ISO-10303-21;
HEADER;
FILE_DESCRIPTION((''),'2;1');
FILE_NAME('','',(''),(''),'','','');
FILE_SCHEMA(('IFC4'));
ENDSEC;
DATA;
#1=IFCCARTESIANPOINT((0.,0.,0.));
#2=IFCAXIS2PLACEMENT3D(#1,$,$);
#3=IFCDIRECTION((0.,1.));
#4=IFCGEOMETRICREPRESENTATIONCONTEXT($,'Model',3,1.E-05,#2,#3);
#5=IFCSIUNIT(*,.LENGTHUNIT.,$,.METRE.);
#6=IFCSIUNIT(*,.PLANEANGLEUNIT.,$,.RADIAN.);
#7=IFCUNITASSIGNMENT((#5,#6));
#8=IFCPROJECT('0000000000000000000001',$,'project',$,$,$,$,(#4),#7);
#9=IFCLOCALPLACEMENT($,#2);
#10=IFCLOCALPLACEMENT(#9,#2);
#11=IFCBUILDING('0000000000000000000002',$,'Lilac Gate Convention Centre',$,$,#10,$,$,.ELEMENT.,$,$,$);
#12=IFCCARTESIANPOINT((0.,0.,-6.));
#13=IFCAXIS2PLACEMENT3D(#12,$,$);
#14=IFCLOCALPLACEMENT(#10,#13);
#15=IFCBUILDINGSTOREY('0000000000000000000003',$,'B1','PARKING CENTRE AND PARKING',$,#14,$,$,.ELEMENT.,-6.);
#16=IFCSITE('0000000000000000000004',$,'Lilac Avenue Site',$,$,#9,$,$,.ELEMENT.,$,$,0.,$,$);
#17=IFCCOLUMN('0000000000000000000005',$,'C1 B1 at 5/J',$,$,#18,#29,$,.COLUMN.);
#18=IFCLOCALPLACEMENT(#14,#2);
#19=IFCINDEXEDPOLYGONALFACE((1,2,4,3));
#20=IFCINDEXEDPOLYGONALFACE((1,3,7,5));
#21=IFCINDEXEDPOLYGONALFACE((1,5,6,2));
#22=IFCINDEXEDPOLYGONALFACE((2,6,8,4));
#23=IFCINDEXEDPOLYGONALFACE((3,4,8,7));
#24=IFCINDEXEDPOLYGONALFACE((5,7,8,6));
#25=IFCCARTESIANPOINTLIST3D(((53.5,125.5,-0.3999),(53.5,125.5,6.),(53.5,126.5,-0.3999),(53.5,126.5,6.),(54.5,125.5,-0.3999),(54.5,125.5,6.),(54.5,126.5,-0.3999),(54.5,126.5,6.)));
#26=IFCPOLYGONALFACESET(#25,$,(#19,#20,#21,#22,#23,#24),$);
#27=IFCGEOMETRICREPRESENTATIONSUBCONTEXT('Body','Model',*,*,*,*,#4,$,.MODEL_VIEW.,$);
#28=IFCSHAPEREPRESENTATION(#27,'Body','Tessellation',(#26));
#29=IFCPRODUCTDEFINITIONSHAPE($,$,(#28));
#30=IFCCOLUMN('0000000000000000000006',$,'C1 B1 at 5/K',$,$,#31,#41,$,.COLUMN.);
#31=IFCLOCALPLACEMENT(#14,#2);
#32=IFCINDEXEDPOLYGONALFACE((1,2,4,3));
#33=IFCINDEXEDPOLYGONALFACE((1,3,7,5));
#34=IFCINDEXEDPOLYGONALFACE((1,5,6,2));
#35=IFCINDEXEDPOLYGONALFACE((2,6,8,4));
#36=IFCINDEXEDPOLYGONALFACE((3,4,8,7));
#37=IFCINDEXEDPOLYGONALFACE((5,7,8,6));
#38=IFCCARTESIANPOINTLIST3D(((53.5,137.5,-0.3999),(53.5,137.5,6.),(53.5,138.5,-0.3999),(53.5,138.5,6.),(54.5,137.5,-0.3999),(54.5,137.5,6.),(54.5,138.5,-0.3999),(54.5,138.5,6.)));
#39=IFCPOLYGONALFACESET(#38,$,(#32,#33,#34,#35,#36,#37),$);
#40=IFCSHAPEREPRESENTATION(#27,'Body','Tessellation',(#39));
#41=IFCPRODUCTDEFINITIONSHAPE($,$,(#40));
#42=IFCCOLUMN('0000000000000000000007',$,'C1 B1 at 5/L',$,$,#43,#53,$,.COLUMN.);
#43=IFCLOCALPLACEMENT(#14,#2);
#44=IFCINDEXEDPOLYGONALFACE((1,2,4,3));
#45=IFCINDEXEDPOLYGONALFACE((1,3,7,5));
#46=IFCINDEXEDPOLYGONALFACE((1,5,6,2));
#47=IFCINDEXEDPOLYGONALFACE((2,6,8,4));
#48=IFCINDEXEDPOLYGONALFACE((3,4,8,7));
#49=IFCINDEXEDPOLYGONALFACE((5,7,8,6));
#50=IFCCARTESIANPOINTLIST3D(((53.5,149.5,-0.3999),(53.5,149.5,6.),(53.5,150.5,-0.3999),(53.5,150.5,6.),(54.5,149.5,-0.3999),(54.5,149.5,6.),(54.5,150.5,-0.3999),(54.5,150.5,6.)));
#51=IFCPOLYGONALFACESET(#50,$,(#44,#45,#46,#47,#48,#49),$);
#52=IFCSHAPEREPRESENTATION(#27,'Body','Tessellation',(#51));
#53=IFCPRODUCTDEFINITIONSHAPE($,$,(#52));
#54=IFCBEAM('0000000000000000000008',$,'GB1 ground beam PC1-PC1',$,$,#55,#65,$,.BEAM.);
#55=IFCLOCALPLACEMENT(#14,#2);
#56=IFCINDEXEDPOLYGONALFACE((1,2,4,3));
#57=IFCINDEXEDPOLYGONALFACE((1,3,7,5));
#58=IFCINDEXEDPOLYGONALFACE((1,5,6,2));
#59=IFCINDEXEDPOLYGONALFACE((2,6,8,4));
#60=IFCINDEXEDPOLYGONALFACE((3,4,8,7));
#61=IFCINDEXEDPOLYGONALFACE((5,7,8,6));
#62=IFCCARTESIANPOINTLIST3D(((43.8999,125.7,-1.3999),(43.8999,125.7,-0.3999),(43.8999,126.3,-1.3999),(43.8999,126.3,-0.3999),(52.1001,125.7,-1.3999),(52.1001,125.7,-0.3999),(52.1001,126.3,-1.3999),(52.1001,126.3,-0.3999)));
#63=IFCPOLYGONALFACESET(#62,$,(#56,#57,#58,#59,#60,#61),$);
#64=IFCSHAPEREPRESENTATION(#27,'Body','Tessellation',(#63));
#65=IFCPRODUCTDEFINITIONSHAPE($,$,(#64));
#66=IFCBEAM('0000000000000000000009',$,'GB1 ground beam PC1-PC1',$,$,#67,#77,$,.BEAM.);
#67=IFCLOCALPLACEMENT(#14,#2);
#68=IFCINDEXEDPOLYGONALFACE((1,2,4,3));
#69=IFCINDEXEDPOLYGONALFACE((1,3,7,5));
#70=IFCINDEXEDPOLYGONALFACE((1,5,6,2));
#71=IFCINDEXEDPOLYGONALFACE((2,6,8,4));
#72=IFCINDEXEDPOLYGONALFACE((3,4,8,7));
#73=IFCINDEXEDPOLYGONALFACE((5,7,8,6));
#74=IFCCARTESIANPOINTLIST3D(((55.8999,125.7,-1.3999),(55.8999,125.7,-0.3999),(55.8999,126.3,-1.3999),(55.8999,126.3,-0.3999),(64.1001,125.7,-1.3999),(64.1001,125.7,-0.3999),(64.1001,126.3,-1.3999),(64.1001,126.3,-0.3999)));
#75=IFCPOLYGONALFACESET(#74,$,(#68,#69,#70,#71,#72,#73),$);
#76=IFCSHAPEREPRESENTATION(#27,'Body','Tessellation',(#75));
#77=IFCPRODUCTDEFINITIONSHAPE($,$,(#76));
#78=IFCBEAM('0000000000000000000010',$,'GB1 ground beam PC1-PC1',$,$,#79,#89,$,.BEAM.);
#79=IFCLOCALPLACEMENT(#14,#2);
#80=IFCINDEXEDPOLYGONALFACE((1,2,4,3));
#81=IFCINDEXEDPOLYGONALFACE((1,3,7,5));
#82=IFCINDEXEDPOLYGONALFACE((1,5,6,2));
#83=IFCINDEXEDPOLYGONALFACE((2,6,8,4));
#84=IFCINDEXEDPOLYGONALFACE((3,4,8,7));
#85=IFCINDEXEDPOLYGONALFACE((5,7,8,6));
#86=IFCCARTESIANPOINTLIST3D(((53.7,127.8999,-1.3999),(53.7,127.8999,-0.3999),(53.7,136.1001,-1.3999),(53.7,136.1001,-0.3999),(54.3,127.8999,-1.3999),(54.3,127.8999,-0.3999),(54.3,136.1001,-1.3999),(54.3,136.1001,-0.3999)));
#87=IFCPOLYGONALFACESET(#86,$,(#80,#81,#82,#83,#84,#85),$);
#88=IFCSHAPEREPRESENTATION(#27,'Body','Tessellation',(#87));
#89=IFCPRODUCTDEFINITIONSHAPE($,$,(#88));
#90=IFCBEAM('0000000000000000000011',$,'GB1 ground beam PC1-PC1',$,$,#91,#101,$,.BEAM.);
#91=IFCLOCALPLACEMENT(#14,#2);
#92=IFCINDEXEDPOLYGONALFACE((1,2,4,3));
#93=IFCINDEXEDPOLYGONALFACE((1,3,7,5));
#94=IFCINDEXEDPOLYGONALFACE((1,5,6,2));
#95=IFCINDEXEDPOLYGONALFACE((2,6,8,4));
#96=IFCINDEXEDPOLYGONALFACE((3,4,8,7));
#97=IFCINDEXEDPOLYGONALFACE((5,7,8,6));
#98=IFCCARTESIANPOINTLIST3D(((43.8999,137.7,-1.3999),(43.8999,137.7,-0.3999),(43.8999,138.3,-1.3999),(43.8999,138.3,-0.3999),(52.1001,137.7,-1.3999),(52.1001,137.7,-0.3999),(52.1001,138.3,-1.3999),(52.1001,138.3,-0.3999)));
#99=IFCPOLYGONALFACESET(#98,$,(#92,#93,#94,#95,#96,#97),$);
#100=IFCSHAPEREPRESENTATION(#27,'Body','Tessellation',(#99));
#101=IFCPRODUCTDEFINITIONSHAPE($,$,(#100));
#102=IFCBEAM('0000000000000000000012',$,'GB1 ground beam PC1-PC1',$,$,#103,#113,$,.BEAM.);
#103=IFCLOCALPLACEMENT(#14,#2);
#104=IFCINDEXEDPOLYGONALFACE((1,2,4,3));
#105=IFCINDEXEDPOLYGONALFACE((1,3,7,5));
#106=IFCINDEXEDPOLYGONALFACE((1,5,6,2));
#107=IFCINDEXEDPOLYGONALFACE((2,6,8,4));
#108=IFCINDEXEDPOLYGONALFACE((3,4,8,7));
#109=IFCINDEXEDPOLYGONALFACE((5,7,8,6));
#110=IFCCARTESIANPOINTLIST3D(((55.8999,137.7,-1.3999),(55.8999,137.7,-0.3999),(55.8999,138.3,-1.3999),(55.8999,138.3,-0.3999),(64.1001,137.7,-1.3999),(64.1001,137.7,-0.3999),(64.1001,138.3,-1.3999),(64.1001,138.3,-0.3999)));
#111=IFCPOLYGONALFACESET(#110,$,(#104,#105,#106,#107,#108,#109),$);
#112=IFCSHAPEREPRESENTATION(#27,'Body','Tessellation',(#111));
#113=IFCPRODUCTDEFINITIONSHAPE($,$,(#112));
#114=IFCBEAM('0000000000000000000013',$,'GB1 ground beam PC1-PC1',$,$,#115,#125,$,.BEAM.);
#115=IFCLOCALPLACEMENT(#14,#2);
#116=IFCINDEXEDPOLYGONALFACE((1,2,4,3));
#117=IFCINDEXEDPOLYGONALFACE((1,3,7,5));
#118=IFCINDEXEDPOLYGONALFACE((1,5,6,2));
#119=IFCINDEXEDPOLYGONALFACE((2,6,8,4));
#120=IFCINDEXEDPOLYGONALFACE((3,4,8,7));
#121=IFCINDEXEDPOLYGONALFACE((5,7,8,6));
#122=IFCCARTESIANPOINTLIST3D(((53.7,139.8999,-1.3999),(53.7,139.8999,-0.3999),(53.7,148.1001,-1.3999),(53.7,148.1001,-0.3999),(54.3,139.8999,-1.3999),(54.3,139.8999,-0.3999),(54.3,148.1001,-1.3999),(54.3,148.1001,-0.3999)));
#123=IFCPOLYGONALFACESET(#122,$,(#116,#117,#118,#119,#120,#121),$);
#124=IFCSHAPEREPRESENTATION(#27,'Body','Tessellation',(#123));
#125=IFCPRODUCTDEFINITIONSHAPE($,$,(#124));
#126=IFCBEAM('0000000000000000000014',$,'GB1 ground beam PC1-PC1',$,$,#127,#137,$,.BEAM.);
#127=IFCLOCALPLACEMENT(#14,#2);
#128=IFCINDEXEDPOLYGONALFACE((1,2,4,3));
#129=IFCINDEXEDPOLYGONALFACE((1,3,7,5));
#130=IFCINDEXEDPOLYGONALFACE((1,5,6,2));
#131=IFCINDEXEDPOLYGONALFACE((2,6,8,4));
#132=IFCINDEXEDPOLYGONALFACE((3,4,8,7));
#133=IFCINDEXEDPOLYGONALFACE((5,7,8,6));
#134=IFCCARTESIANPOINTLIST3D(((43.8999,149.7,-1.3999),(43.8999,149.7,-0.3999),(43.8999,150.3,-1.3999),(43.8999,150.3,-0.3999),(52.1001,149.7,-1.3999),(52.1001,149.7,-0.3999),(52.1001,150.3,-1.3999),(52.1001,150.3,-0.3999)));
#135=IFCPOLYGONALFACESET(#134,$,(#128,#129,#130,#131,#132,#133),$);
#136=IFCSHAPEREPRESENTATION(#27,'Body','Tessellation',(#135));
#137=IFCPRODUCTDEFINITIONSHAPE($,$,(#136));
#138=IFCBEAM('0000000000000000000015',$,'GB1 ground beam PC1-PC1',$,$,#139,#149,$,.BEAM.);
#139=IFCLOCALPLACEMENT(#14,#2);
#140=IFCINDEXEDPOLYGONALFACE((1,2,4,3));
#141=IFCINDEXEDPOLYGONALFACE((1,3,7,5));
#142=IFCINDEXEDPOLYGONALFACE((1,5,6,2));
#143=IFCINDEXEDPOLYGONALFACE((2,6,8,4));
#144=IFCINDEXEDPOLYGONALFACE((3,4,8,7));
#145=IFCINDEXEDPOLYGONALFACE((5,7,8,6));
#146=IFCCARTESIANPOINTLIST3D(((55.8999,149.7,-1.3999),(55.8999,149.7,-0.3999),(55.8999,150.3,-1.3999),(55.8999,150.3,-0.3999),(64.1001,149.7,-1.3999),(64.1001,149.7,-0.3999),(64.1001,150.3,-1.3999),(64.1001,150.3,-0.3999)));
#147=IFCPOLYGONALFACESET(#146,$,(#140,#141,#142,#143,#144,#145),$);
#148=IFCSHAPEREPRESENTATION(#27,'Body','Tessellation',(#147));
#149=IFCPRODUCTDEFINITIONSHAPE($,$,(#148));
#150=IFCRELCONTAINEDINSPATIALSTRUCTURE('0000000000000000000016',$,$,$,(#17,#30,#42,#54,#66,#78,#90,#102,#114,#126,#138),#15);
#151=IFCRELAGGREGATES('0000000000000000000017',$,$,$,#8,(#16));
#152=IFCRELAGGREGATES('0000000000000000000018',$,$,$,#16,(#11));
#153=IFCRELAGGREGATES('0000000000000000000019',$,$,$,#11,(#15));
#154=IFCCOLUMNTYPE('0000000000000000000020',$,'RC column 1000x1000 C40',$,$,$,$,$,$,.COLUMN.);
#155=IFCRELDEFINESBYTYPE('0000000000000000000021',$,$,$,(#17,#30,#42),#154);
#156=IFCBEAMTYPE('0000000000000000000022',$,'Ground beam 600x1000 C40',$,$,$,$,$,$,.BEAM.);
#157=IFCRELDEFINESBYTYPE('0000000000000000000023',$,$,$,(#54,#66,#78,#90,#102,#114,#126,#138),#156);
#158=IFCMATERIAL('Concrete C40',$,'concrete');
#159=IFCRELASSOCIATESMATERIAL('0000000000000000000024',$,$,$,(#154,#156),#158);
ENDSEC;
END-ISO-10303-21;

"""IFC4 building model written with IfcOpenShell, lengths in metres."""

from ifc_helpers import new_model, si_unit, direction, frame, origin, origin_2d, place, context, subcontext, project, spatial, rectangle, extrude, material, material_profile, profile_set, type_object, element, save


model = new_model("IFC4")

# Units and contexts
model_context = context("Model", 3, precision=1e-05, world=origin(), true_north=direction((0.0, 1.0)))
body_context = subcontext(model_context, "Body", "Model", "MODEL_VIEW")
ifc_project = project(units=[si_unit("LENGTHUNIT", "METRE"), si_unit("PLANEANGLEUNIT", "RADIAN")], contexts=[model_context])

# Site, building, storey
site_placement = place(None, origin())
site = spatial("IfcSite", under=ifc_project, at=site_placement, Name="Lilac Avenue Site", CompositionType="ELEMENT", RefElevation=0.0)
building_placement = place(site_placement, origin())
building = spatial("IfcBuilding", under=site, at=building_placement, Name="Lilac Gate Convention Centre", CompositionType="ELEMENT")
storey_placement = place(building_placement, frame((0.0, 0.0, -6.0)))
storey = spatial("IfcBuildingStorey", under=building, at=storey_placement, Name="B1", Description="PARKING CENTRE AND PARKING", CompositionType="ELEMENT", Elevation=-6.0)

# Columns
ifc_material_1 = material(Name="Concrete C40", Category="concrete")
ifc_material_profile_1 = material_profile(ifc_material_1, rectangle(XDim=1.0, YDim=1.0, at=origin_2d()), Name="RC 1000x1000")
ifc_profile_set_1 = profile_set([ifc_material_profile_1], Name="Concrete C40")
column_type = type_object("IfcColumnType", Name="RC column 1000x1000 C40", PredefinedType="COLUMN", material=ifc_profile_set_1)
for number, where, z_axis, x_axis, name in (
    (1, (54.0, 126.0, -0.3999), (0.0, 0.0, 1.0), (1.0, 0.0, 0.0), "C1 B1 at 5/J"),
    (2, (54.0, 138.0, -0.3999), (0.0, 0.0, 1.0), (1.0, 0.0, 0.0), "C1 B1 at 5/K"),
    (3, (54.0, 150.0, -0.3999), (0.0, 0.0, 1.0), (1.0, 0.0, 0.0), "C1 B1 at 5/L"),
):
    element("IfcColumn", number, at=place(storey_placement, frame(where, z_axis=z_axis, x_axis=x_axis)), inside=storey, type_object=column_type, Name=name, PredefinedType="COLUMN", context=body_context, shape_type="SweptSolid", body=[
        extrude(rectangle(XDim=1.0, YDim=1.0, at=origin_2d()), origin(), (0.0, 0.0, 1.0), 6.3999),
    ])

# Beams
ifc_material_profile_2 = material_profile(ifc_material_1, rectangle(XDim=0.6001, YDim=1.0, at=origin_2d()), Name="RC 600x1000")
ifc_profile_set_2 = profile_set([ifc_material_profile_2], Name="Concrete C40")
beam_type = type_object("IfcBeamType", Name="Ground beam 600x1000 C40", PredefinedType="BEAM", material=ifc_profile_set_2)
for number, where, z_axis, x_axis, name in (
    (4, (43.8999, 126.0, -0.8999), (1.0, 0.0, 0.0), (0.0, 1.0, 0.0), "GB1 ground beam PC1-PC1"),
    (5, (55.8999, 126.0, -0.8999), (1.0, 0.0, 0.0), (0.0, 1.0, 0.0), "GB1 ground beam PC1-PC1"),
    (6, (54.0, 127.8999, -0.8999), (0.0, 1.0, 0.0), (-1.0, 0.0, 0.0), "GB1 ground beam PC1-PC1"),
    (7, (43.8999, 138.0, -0.8999), (1.0, 0.0, 0.0), (0.0, 1.0, 0.0), "GB1 ground beam PC1-PC1"),
    (8, (55.8999, 138.0, -0.8999), (1.0, 0.0, 0.0), (0.0, 1.0, 0.0), "GB1 ground beam PC1-PC1"),
    (9, (54.0, 139.8999, -0.8999), (0.0, 1.0, 0.0), (-1.0, 0.0, 0.0), "GB1 ground beam PC1-PC1"),
    (10, (43.8999, 150.0, -0.8999), (1.0, 0.0, 0.0), (0.0, 1.0, 0.0), "GB1 ground beam PC1-PC1"),
    (11, (55.8999, 150.0, -0.8999), (1.0, 0.0, 0.0), (0.0, 1.0, 0.0), "GB1 ground beam PC1-PC1"),
):
    element("IfcBeam", number, at=place(storey_placement, frame(where, z_axis=z_axis, x_axis=x_axis)), inside=storey, type_object=beam_type, Name=name, PredefinedType="BEAM", context=body_context, shape_type="SweptSolid", body=[
        extrude(rectangle(XDim=0.6001, YDim=1.0, at=origin_2d()), origin(), (0.0, 0.0, 1.0), 8.2002),
    ])

save(model, "model.ifc")
